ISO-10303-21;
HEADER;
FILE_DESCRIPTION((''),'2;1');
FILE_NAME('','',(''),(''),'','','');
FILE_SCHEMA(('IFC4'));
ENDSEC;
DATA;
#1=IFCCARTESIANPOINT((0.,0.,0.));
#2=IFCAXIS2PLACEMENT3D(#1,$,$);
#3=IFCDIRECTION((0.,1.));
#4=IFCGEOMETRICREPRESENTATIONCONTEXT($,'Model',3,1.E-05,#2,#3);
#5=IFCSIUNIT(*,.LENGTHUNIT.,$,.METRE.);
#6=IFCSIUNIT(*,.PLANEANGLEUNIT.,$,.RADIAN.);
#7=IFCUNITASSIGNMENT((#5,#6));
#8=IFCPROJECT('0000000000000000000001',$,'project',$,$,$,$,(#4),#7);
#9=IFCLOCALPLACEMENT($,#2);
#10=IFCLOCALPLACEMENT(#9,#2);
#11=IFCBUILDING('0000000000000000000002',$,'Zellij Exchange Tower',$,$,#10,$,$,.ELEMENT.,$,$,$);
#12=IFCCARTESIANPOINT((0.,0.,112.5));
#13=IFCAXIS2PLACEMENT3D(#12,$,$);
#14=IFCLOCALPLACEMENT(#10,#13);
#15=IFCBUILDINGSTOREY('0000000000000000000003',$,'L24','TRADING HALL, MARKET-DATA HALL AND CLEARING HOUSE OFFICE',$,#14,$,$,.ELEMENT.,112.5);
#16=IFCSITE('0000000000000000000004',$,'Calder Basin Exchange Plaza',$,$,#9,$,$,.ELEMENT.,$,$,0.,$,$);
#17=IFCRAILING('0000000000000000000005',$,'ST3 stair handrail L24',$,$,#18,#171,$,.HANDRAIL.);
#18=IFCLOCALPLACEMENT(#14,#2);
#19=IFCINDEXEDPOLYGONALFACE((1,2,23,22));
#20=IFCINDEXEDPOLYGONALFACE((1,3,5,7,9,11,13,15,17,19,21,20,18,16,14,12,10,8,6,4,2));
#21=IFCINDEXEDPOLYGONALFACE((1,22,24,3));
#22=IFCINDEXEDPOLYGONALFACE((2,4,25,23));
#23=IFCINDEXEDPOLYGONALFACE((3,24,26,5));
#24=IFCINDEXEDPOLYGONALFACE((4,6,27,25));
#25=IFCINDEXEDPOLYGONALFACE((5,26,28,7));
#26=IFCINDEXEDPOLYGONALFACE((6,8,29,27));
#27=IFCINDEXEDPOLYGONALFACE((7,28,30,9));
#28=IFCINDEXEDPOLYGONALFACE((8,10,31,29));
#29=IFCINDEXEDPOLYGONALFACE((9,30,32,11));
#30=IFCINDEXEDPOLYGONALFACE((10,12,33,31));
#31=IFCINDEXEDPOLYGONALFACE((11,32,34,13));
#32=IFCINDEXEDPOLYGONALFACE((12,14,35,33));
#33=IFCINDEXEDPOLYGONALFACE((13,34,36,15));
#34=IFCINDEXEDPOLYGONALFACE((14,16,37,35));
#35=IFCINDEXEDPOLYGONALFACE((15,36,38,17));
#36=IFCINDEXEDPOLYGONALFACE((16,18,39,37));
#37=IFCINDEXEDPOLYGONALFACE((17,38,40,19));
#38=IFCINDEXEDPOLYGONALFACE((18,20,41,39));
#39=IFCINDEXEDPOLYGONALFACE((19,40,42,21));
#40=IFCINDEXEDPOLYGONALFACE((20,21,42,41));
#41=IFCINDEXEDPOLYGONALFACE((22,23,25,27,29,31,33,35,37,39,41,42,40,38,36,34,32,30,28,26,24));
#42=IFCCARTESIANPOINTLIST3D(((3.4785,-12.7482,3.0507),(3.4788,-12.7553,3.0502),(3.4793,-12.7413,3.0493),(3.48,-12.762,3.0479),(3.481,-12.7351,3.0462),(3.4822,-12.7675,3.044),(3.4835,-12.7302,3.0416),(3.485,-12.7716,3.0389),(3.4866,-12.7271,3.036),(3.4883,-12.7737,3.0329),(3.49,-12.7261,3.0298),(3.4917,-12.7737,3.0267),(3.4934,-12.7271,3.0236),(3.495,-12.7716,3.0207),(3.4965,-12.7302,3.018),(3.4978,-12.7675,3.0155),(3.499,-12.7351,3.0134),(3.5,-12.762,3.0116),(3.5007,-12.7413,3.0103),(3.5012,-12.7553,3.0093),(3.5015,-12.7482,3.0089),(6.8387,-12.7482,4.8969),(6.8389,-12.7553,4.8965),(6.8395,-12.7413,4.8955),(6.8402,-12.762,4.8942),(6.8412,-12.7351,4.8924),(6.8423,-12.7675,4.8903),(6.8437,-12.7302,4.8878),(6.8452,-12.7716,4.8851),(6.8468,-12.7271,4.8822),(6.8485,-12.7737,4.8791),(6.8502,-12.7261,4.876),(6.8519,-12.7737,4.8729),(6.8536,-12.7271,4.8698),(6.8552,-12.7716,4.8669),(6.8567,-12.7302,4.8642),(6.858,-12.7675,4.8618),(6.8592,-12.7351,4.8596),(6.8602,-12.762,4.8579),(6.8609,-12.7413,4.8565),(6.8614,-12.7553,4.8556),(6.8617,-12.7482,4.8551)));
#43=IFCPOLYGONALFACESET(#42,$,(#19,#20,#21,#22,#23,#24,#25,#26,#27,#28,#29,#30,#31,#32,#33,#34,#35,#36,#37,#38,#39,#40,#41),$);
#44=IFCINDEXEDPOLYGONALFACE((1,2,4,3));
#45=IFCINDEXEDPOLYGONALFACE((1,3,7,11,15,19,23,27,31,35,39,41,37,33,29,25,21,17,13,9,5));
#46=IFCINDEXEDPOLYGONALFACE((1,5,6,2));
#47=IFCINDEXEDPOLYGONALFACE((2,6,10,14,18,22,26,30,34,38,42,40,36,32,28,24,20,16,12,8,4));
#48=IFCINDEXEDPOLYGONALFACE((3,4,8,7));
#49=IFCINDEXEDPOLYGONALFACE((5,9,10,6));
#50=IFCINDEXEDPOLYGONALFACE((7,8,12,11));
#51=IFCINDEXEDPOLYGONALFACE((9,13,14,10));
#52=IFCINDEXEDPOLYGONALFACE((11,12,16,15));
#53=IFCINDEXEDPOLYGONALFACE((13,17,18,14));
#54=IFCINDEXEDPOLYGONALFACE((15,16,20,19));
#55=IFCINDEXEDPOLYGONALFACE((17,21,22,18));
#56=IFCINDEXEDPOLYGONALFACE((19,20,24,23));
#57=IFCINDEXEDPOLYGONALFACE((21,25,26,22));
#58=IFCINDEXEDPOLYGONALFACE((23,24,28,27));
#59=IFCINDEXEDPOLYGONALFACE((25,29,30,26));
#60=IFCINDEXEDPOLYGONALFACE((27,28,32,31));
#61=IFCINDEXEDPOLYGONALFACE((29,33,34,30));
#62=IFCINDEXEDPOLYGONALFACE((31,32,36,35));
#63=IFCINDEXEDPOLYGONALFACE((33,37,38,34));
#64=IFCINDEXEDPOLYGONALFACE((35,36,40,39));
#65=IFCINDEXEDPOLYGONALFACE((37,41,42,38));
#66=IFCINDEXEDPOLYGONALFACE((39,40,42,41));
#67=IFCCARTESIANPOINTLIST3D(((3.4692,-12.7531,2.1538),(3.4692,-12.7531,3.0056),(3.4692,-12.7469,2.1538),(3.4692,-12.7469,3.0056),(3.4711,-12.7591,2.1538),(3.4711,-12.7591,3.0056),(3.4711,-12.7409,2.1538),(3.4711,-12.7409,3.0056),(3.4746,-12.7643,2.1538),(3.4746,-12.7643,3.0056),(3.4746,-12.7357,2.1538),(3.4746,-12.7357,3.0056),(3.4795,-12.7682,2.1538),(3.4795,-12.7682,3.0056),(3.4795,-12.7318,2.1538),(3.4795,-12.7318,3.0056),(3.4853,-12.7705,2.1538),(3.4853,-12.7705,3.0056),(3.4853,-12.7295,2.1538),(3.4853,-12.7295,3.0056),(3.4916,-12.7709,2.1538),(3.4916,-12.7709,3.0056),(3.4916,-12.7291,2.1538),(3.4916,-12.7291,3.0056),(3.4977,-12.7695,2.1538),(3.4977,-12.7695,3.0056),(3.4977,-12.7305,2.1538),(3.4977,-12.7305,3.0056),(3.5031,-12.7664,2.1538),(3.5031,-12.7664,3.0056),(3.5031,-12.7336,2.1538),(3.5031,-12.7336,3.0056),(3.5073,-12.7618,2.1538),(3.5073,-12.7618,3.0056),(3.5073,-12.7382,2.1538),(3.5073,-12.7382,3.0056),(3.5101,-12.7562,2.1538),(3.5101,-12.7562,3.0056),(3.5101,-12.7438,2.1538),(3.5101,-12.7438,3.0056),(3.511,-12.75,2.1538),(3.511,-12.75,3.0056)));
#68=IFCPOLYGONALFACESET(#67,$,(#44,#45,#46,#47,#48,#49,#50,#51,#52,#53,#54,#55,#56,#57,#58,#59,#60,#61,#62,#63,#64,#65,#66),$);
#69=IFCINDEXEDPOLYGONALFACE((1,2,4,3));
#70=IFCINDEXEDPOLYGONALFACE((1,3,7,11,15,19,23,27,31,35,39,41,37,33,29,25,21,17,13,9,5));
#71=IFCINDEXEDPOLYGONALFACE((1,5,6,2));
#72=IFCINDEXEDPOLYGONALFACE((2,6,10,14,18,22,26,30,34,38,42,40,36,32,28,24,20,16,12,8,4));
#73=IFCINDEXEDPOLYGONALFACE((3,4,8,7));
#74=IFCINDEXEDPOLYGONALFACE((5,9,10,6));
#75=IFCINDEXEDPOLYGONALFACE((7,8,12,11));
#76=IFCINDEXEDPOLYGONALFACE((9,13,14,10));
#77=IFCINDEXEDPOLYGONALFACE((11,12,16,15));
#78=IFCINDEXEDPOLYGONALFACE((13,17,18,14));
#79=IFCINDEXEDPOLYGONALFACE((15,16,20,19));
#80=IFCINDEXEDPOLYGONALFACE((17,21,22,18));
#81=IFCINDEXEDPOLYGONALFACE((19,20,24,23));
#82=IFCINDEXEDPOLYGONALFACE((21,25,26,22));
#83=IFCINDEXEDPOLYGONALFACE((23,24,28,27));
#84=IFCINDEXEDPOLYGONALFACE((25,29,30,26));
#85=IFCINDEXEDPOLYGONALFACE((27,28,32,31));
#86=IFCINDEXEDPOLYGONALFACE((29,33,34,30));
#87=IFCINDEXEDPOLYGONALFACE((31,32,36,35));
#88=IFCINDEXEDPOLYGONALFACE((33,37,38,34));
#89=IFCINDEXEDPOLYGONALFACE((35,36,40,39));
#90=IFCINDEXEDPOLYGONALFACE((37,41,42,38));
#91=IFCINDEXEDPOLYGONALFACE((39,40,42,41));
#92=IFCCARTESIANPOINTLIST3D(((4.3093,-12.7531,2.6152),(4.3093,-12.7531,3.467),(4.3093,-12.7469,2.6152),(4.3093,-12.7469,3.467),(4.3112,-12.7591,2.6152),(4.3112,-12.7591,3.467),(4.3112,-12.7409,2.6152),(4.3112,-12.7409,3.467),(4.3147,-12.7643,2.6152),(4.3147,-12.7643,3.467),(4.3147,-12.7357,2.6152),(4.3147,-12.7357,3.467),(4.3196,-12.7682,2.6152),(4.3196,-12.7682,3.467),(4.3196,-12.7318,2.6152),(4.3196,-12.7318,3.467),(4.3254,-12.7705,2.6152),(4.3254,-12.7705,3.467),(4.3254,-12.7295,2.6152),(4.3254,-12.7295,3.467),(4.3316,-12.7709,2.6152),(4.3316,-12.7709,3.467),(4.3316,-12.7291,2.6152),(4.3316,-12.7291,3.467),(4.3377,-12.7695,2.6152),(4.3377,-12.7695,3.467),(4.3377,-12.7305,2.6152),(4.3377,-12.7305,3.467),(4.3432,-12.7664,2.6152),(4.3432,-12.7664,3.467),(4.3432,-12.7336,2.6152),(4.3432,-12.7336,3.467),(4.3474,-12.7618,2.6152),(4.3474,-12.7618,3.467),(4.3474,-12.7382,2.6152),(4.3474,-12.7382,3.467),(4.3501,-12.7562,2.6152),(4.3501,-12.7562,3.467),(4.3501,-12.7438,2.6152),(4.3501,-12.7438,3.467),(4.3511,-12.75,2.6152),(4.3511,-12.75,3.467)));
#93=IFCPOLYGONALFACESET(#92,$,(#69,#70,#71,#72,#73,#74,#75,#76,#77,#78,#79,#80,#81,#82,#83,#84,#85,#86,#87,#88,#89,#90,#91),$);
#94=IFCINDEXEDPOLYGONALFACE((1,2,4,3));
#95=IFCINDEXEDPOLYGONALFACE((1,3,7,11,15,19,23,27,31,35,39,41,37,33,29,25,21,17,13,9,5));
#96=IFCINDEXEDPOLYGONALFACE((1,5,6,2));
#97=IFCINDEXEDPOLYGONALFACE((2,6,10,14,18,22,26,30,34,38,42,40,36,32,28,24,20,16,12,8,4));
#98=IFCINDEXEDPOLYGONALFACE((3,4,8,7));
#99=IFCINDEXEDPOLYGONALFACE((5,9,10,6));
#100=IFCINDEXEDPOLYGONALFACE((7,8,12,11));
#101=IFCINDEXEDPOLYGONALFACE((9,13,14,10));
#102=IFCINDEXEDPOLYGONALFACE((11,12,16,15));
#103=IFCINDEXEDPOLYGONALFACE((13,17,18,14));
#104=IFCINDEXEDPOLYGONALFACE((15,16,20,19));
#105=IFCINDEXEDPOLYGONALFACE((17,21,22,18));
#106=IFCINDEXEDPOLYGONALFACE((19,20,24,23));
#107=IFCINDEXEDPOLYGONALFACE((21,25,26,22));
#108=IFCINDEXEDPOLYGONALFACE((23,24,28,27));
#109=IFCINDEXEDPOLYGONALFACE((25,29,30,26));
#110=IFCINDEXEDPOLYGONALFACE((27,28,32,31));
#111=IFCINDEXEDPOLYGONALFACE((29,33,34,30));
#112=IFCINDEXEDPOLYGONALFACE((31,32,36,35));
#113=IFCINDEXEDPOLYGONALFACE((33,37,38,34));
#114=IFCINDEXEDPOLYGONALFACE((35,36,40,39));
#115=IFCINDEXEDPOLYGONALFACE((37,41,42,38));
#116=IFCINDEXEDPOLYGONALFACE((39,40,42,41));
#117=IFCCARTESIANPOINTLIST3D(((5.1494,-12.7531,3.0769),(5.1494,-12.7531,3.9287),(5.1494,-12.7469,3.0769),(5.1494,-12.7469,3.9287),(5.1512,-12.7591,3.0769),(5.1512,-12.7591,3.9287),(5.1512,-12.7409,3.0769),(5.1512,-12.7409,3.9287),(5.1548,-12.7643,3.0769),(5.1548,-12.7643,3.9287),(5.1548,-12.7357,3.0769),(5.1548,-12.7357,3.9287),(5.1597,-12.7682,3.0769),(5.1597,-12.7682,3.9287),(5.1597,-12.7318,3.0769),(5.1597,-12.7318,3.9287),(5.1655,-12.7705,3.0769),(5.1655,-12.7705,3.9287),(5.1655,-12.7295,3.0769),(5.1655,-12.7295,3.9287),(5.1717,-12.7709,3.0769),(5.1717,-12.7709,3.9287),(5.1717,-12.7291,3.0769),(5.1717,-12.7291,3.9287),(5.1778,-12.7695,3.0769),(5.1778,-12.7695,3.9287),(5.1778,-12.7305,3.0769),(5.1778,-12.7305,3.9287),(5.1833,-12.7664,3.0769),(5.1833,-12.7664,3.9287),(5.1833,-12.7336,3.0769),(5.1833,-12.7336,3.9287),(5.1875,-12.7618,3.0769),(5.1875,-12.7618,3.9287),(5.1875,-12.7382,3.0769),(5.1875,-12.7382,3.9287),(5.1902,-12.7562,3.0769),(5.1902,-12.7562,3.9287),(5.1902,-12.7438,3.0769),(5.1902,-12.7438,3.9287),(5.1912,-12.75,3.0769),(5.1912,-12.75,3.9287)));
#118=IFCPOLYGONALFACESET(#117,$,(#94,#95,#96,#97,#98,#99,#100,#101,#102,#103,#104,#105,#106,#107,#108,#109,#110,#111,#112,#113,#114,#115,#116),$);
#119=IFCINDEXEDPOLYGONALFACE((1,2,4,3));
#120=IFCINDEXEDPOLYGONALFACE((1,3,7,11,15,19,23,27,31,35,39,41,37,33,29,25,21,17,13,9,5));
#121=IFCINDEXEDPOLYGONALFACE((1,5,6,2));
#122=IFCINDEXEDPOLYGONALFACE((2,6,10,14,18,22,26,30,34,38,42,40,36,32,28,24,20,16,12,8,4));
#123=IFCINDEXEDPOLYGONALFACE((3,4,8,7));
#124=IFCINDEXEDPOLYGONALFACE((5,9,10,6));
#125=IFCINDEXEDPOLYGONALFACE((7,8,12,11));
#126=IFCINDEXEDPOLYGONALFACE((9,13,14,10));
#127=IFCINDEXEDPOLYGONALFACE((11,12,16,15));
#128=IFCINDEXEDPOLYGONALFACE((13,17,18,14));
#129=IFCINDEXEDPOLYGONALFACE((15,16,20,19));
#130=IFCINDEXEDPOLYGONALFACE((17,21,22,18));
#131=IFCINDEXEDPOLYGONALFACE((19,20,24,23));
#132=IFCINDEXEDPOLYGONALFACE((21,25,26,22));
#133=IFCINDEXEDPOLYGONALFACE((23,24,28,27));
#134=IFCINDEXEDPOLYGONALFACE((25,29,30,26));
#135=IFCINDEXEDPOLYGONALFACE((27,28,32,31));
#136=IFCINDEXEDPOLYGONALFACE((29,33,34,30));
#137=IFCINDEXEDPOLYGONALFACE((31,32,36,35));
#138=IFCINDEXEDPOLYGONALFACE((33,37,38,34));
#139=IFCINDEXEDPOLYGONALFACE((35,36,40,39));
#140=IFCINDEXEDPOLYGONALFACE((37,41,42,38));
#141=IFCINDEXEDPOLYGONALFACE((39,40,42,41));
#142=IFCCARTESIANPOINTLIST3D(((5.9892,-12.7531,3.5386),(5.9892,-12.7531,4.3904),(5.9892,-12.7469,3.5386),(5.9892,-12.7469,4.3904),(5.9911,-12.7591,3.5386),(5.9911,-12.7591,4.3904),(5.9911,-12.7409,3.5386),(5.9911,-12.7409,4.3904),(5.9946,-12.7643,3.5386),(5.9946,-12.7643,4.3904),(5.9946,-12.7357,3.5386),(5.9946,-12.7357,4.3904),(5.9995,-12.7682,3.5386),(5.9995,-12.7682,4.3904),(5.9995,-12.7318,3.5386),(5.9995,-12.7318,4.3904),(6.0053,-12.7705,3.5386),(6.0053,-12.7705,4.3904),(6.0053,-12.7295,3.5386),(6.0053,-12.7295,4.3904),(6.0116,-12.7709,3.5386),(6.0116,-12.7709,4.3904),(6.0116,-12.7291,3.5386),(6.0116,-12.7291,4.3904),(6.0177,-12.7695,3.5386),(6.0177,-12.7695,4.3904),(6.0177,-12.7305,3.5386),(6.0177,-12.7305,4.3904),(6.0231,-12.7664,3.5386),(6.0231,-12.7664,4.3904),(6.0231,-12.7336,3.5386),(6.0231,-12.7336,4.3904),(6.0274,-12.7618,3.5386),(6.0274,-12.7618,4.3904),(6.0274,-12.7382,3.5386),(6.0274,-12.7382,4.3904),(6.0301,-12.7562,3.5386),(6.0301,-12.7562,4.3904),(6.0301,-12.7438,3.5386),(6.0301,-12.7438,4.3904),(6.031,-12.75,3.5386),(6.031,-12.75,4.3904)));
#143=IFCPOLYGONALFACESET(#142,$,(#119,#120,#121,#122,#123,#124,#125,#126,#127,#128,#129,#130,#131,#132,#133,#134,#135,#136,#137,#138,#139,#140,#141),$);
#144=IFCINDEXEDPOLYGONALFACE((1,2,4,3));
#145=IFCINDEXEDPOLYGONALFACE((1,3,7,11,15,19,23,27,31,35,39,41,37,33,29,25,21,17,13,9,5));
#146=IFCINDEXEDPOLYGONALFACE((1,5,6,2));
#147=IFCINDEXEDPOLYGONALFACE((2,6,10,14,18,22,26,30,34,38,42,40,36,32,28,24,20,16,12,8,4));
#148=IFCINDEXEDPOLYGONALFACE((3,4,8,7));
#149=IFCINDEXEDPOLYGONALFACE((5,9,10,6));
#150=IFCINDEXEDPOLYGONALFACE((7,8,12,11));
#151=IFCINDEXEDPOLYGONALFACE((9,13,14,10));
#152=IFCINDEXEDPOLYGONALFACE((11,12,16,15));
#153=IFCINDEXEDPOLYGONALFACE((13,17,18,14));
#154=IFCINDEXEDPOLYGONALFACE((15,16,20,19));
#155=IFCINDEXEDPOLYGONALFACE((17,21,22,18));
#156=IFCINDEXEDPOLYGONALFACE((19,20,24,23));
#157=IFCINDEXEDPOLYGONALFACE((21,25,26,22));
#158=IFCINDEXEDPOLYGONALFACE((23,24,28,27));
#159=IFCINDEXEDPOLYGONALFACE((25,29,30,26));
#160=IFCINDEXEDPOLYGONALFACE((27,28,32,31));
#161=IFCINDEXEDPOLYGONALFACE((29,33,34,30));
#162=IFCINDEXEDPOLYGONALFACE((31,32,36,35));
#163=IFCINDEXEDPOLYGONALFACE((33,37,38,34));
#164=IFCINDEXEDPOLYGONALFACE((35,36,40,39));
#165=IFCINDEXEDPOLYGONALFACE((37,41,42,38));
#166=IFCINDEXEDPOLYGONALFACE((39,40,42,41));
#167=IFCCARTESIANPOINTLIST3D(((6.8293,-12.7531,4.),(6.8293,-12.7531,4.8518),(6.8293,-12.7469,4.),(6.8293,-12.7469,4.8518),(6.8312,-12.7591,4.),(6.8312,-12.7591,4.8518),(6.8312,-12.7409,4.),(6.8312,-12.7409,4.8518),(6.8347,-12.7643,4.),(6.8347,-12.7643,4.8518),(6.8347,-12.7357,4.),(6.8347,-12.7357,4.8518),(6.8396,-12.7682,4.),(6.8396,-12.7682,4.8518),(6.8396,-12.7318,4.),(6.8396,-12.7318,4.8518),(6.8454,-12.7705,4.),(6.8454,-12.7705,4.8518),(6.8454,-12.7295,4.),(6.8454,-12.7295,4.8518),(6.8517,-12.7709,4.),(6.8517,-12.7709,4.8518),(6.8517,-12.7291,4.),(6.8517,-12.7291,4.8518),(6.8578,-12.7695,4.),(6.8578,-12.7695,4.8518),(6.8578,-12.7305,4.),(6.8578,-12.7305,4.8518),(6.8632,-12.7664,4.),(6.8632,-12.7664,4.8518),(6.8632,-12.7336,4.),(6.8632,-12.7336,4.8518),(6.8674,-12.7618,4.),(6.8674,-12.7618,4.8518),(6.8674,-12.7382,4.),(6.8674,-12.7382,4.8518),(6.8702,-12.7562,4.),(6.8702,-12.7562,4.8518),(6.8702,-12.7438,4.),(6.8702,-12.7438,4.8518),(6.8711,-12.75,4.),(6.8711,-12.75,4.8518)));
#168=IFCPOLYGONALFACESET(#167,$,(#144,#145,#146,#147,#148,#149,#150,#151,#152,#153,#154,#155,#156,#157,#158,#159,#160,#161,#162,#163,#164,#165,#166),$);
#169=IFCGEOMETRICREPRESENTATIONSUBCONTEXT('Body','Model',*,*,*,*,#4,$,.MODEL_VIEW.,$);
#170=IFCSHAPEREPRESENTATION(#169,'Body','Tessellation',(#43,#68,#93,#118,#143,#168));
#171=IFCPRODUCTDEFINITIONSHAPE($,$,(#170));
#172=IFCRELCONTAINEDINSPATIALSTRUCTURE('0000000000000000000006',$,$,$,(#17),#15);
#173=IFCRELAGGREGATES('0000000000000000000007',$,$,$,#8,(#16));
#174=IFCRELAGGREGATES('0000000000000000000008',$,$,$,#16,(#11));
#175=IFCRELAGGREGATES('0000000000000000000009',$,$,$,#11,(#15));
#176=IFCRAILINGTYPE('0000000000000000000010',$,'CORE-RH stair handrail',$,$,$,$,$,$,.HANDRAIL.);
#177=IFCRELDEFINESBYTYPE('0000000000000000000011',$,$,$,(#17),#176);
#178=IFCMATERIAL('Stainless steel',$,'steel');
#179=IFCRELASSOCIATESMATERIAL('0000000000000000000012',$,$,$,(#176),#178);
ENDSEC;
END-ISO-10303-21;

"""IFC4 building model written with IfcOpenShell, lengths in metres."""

from ifc_helpers import new_model, si_unit, direction, frame, origin, origin_2d, place, context, subcontext, project, spatial, circle, extrude, material, type_object, element, save


model = new_model("IFC4")

# Units and contexts
model_context = context("Model", 3, precision=1e-05, world=origin(), true_north=direction((0.0, 1.0)))
body_context = subcontext(model_context, "Body", "Model", "MODEL_VIEW")
ifc_project = project(units=[si_unit("LENGTHUNIT", "METRE"), si_unit("PLANEANGLEUNIT", "RADIAN")], contexts=[model_context])

# Site, building, storey
site_placement = place(None, origin())
site = spatial("IfcSite", under=ifc_project, at=site_placement, Name="Calder Basin Exchange Plaza", CompositionType="ELEMENT", RefElevation=0.0)
building_placement = place(site_placement, origin())
building = spatial("IfcBuilding", under=site, at=building_placement, Name="Zellij Exchange Tower", CompositionType="ELEMENT")
storey_placement = place(building_placement, frame((0.0, 0.0, 112.5)))
storey = spatial("IfcBuildingStorey", under=building, at=storey_placement, Name="L24", Description="TRADING HALL, MARKET-DATA HALL AND CLEARING HOUSE OFFICE", CompositionType="ELEMENT", Elevation=112.5)

# Railing
ifc_material_1 = material(Name="Stainless steel", Category="steel")
railing_type = type_object("IfcRailingType", Name="CORE-RH stair handrail", PredefinedType="HANDRAIL", material=ifc_material_1)
for number, where, name in (
    (1, (3.49, -12.75, 2.1538), "ST3 stair handrail L24"),
):
    element("IfcRailing", number, at=place(storey_placement, frame(where)), inside=storey, type_object=railing_type, Name=name, PredefinedType="HANDRAIL", context=body_context, shape_type="SweptSolid", body=[
        extrude(circle(Radius=0.0239, at=origin_2d()), frame((0.0, 0.0, 0.876), z_axis=(0.876422, 0.0, 0.481545), x_axis=(0.0, 1.0, 0.0)), (0.0, 0.0, 1.0), 3.834),
        extrude(circle(Radius=0.021, at=origin_2d()), origin(), (0.0, 0.0, 1.0), 0.8518),
        extrude(circle(Radius=0.021, at=origin_2d()), frame((0.8401, 0.0, 0.4614)), (0.0, 0.0, 1.0), 0.8518),
        extrude(circle(Radius=0.021, at=origin_2d()), frame((1.6802, 0.0, 0.9231)), (0.0, 0.0, 1.0), 0.8518),
        extrude(circle(Radius=0.021, at=origin_2d()), frame((2.52, 0.0, 1.3848)), (0.0, 0.0, 1.0), 0.8518),
        extrude(circle(Radius=0.021, at=origin_2d()), frame((3.3601, 0.0, 1.8462)), (0.0, 0.0, 1.0), 0.8518),
    ])

save(model, "model.ifc")
